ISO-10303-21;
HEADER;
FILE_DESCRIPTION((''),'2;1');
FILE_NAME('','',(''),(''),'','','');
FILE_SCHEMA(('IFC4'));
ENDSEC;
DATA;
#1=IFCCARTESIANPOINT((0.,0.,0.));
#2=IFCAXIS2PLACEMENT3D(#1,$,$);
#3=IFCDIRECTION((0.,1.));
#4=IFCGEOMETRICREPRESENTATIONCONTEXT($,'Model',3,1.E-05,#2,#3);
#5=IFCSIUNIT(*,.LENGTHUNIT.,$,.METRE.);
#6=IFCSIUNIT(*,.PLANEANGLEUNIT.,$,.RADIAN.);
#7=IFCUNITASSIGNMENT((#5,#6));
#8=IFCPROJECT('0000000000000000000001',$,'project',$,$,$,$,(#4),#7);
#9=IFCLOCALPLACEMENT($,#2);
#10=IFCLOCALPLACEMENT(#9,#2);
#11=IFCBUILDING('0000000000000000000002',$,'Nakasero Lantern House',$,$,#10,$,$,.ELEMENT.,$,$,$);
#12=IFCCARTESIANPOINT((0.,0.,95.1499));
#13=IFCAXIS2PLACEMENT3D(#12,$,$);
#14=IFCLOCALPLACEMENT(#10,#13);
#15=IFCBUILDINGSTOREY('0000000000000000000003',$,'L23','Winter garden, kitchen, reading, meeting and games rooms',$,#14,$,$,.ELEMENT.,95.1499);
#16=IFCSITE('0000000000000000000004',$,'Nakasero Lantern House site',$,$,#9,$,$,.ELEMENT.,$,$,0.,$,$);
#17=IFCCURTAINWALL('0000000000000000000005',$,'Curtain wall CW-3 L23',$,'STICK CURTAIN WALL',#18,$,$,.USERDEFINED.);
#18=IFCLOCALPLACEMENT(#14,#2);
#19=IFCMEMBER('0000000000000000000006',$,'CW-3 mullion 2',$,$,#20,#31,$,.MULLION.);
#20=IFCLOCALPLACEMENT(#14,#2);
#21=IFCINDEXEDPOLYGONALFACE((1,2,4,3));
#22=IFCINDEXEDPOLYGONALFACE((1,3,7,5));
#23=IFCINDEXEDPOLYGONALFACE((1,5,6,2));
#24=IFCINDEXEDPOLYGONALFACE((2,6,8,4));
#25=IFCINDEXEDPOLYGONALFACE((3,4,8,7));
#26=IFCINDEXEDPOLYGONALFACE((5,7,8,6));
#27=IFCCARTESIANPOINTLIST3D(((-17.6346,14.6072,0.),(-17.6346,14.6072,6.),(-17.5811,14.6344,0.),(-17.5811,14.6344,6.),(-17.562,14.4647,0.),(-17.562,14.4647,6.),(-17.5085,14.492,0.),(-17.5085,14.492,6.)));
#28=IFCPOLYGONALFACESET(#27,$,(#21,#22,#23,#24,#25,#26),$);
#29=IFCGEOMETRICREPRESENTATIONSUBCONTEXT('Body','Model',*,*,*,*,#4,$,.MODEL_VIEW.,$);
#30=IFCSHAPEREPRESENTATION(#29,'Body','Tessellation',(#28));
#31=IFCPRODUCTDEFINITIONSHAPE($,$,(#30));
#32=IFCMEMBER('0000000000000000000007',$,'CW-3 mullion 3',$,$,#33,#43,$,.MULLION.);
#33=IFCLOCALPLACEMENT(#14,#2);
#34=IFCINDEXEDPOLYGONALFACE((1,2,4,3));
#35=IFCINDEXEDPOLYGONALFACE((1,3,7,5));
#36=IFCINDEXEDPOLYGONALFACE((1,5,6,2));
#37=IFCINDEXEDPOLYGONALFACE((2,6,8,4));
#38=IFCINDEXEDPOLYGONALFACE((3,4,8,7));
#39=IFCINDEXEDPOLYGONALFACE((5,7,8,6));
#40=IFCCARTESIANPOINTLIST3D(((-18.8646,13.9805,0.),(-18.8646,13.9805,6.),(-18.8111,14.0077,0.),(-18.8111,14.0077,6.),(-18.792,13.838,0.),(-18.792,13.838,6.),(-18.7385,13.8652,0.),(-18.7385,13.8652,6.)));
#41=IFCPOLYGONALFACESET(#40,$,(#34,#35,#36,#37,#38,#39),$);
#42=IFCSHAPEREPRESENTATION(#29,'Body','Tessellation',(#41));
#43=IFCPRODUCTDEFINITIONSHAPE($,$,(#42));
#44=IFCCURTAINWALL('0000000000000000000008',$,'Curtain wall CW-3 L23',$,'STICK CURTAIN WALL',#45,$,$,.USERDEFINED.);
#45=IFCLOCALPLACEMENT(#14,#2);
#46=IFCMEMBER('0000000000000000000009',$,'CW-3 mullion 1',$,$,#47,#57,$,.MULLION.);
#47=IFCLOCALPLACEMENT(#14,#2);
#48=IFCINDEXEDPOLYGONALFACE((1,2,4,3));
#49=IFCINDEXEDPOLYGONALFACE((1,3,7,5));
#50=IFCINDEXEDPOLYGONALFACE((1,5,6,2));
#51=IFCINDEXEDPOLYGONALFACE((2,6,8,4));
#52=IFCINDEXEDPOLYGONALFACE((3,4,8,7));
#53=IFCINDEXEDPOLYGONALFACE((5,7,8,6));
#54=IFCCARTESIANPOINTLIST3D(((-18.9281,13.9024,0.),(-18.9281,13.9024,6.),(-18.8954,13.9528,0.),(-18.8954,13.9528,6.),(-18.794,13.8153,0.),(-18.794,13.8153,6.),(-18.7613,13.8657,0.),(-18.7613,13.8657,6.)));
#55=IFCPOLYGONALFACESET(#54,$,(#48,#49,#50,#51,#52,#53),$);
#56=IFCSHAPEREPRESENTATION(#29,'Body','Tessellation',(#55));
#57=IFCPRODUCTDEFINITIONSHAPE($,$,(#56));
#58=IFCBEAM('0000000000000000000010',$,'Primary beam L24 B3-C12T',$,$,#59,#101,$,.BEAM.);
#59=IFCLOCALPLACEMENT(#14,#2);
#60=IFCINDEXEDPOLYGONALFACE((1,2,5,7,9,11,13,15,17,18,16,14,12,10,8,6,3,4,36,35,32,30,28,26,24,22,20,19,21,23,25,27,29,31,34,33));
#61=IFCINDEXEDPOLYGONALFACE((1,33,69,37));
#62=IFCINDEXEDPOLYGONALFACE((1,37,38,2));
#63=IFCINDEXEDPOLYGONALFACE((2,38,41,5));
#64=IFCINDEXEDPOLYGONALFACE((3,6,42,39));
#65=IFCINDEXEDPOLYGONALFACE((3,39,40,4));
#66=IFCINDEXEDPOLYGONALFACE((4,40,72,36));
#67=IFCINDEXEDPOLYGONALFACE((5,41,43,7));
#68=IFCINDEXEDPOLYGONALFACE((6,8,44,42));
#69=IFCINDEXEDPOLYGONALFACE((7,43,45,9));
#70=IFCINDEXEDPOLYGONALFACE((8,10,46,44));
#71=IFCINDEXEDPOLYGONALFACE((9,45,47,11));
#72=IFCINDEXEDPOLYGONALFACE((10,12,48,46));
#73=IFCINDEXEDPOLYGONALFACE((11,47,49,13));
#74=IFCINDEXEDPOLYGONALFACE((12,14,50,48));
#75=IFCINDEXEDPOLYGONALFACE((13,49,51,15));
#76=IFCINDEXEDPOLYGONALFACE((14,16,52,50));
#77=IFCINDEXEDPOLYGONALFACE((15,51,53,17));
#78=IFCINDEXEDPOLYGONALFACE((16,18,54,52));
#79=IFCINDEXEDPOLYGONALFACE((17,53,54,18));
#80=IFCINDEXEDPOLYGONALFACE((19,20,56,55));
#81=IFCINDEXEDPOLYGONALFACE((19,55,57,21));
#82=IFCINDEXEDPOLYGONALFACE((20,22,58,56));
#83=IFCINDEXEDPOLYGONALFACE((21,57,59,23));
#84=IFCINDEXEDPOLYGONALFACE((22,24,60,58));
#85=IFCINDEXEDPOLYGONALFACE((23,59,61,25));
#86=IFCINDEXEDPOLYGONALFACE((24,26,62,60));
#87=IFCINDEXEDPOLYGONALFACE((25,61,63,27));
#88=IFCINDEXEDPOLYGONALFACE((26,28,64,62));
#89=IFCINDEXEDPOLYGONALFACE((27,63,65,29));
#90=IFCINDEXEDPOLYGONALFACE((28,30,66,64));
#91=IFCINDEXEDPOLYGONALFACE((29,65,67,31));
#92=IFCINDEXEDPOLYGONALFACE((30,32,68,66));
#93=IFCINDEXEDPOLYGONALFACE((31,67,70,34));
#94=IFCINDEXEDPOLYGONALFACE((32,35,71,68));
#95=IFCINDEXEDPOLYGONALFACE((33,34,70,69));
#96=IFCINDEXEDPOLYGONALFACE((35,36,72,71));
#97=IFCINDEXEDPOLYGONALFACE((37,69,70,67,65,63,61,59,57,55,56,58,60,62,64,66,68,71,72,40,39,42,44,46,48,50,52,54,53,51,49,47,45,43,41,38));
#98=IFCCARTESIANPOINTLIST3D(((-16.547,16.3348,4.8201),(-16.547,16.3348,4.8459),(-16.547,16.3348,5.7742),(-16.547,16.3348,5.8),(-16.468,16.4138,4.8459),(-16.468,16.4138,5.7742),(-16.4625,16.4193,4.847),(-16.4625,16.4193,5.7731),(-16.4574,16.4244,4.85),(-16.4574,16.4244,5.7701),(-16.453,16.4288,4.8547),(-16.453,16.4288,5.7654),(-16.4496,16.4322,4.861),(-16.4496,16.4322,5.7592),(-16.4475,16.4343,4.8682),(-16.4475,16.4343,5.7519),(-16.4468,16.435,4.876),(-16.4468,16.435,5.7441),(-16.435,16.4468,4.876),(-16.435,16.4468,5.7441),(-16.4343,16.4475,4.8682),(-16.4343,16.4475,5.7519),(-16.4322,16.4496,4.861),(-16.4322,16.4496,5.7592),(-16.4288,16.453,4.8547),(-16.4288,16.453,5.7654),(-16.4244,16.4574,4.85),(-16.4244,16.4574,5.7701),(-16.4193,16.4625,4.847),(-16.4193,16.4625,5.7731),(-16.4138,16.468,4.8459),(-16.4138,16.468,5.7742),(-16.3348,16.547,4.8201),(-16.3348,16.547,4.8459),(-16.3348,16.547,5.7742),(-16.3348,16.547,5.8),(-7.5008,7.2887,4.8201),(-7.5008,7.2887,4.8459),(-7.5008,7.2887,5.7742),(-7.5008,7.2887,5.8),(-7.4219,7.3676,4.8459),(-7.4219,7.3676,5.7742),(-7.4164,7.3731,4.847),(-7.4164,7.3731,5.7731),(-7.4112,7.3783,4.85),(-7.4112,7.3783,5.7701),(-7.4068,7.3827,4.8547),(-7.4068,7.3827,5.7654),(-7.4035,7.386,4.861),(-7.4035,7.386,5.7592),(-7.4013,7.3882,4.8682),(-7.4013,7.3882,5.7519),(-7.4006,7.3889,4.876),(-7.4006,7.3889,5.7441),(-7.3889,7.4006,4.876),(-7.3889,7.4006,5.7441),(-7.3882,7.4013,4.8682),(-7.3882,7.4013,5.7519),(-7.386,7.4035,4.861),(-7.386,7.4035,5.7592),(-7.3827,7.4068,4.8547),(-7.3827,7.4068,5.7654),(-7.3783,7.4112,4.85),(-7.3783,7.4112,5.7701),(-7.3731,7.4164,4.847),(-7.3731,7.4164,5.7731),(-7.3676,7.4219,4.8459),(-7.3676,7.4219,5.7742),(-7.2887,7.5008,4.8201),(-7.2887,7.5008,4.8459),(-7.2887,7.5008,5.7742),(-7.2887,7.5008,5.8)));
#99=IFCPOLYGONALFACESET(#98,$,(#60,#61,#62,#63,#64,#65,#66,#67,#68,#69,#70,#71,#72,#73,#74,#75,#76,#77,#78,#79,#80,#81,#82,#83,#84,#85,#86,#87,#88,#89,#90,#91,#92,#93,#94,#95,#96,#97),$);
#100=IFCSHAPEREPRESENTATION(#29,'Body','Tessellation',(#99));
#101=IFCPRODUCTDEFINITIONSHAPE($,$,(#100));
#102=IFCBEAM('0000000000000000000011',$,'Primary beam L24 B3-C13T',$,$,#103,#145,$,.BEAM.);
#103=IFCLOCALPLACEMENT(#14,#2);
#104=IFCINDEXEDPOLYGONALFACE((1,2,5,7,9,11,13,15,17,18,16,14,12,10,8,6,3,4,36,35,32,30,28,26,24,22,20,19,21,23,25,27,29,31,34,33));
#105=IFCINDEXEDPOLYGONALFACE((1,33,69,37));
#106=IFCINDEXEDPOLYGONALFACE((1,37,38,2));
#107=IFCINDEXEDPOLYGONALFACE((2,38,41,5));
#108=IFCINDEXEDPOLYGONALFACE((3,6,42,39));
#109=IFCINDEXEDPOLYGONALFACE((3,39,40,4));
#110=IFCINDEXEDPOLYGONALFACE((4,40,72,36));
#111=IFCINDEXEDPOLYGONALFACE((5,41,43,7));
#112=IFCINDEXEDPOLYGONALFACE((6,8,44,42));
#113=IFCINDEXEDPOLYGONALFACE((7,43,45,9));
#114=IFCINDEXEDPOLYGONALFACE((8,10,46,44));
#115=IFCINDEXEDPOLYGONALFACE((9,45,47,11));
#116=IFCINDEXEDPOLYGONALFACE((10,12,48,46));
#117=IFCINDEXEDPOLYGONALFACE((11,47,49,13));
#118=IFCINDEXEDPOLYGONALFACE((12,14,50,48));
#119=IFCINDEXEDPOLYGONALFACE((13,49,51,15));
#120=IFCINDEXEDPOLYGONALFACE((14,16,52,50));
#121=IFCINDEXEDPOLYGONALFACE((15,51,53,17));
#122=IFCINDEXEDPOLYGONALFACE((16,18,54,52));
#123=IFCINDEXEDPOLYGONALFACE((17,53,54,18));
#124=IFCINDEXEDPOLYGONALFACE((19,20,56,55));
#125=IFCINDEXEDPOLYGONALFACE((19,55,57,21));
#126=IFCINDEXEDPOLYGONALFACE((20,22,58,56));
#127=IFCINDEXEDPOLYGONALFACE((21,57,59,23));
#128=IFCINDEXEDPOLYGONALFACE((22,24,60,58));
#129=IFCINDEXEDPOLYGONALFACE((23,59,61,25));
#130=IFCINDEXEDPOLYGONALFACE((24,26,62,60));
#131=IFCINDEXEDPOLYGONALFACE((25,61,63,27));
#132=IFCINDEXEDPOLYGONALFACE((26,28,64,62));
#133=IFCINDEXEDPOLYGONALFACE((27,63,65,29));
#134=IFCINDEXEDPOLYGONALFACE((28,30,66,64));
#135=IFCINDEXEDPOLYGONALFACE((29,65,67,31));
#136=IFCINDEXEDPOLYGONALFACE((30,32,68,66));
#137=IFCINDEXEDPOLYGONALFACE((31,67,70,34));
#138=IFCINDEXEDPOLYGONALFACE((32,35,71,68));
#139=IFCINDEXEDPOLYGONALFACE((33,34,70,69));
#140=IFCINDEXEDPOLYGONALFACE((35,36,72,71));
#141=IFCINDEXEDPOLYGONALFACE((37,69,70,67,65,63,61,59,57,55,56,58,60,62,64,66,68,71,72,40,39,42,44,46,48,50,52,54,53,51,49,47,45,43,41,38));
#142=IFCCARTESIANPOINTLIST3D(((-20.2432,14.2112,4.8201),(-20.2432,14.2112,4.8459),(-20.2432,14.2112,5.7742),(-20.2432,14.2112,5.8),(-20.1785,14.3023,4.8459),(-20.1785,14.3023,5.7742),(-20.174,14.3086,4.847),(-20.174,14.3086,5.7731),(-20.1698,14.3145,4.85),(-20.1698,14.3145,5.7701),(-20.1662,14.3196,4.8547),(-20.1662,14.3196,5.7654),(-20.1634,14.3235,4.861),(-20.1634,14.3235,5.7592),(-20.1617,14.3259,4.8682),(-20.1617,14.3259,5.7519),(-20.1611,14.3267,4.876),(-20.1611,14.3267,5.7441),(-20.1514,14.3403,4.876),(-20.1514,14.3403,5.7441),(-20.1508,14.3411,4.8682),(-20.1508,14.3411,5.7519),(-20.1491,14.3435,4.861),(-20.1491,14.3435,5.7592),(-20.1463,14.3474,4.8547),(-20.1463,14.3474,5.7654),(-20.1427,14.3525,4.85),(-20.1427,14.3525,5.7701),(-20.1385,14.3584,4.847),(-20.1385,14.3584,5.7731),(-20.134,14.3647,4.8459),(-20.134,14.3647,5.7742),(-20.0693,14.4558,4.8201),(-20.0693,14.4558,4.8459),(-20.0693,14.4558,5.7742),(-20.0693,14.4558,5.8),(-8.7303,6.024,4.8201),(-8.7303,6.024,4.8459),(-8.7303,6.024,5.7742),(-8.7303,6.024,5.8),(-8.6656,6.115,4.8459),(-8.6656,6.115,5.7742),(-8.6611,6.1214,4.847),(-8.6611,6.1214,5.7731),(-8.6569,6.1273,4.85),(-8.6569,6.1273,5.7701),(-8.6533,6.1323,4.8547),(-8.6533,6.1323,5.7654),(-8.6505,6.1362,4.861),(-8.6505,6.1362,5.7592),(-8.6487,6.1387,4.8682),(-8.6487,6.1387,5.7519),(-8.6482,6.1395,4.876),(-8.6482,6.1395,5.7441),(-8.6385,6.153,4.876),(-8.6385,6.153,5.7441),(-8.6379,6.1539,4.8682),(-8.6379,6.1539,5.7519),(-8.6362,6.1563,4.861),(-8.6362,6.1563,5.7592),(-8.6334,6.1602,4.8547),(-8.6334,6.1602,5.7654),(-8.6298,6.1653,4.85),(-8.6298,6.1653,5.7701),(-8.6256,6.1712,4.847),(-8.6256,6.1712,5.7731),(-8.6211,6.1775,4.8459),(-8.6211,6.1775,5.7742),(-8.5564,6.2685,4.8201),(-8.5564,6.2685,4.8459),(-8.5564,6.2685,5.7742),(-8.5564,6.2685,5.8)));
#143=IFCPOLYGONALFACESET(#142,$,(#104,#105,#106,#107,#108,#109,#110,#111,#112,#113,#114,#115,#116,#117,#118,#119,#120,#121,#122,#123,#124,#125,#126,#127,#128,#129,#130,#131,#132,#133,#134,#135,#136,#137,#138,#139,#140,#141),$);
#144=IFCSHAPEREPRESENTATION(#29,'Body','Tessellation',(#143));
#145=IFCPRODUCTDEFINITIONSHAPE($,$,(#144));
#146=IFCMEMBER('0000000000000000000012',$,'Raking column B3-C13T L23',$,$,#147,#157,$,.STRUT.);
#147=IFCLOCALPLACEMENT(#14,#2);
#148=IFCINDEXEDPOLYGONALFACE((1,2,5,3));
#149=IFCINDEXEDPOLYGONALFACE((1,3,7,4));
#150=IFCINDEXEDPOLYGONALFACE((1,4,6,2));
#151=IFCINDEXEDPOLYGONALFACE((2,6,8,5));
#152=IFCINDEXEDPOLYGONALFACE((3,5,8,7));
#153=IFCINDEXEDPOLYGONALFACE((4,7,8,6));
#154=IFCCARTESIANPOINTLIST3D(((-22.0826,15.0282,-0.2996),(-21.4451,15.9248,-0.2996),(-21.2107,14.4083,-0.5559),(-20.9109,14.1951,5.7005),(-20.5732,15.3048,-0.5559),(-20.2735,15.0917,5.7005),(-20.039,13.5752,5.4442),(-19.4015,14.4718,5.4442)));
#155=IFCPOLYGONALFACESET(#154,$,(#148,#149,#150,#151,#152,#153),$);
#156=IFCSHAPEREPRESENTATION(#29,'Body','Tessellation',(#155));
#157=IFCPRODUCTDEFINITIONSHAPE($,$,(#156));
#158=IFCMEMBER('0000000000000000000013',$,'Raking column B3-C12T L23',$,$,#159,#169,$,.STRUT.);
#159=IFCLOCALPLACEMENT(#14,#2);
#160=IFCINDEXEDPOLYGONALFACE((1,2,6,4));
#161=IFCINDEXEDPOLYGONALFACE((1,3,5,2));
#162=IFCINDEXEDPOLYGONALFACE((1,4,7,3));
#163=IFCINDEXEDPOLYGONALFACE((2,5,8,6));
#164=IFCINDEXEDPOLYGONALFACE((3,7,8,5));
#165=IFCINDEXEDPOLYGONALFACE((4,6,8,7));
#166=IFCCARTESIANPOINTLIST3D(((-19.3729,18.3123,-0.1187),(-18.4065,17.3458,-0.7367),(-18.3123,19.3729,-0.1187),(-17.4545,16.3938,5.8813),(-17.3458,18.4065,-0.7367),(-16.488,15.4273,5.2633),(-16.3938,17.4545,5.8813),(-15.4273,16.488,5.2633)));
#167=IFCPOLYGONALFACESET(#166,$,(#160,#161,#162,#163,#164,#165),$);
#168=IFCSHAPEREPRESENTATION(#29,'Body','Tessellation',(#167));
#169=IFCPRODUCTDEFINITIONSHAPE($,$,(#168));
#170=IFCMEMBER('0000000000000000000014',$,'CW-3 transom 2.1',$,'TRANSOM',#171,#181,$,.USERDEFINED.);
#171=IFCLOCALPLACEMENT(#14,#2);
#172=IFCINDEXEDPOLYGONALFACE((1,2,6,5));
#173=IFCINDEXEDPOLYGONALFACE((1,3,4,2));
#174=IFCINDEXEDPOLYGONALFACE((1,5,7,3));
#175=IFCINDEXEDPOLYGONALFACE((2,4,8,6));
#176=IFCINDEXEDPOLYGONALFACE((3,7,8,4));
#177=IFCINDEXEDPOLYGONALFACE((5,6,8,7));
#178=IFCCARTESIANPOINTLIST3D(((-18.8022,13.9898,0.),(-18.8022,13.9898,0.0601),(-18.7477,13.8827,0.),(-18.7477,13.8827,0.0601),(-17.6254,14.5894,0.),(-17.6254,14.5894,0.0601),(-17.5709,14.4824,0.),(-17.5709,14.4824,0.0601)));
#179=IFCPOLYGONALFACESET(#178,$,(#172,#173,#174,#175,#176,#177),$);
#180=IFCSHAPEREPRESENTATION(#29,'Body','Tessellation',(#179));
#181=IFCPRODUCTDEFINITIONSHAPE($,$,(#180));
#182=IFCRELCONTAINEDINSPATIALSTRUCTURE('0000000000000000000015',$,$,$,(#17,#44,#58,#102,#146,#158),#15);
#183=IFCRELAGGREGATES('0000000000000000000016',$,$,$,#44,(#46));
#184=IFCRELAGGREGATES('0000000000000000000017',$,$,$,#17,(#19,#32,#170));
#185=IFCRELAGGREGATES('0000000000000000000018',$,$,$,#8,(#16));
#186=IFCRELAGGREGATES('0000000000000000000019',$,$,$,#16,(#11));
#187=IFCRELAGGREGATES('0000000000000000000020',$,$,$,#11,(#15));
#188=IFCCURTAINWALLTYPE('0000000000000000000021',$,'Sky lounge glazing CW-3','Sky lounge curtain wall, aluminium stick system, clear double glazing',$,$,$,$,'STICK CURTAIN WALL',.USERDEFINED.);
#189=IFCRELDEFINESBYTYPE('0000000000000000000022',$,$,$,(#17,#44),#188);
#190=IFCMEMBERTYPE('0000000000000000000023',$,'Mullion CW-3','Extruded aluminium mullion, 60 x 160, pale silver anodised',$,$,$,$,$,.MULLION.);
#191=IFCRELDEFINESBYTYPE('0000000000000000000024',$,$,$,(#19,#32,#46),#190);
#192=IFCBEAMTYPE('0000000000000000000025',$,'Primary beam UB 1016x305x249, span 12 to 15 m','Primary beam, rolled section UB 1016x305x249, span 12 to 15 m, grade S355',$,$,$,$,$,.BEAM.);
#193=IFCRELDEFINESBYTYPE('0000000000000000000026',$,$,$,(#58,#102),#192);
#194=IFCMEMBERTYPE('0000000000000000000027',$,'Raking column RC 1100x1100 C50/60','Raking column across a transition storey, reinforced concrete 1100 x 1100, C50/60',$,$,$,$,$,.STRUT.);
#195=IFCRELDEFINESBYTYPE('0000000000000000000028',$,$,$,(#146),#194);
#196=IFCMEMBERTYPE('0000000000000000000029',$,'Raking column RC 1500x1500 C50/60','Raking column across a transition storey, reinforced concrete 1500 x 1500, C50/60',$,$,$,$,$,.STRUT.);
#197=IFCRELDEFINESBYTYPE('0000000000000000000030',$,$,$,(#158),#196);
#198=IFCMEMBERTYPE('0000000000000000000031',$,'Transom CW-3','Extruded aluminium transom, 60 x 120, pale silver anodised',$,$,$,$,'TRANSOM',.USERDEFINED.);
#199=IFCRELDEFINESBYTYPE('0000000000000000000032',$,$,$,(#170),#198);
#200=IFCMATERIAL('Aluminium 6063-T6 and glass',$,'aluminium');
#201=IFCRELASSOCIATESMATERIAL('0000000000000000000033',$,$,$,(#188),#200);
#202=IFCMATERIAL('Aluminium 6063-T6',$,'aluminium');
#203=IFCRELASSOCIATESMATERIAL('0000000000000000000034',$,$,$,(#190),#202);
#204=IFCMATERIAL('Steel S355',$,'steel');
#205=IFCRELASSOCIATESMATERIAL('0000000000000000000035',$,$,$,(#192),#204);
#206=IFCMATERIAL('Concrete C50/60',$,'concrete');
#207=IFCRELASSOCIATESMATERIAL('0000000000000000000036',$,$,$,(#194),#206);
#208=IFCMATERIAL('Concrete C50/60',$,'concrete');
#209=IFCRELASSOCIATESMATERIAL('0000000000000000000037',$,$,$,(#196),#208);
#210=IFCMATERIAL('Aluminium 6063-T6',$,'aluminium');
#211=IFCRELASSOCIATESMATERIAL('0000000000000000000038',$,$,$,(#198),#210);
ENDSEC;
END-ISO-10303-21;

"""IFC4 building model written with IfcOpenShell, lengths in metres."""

from ifc_helpers import new_model, si_unit, direction, frame, origin, origin_2d, place, context, subcontext, project, spatial, rectangle, i_section, extrude, material, material_profile, profile_set, type_object, element, aggregate, save


model = new_model("IFC4")

# Units and contexts
model_context = context("Model", 3, precision=1e-05, world=origin(), true_north=direction((0.0, 1.0)))
body_context = subcontext(model_context, "Body", "Model", "MODEL_VIEW")
ifc_project = project(units=[si_unit("LENGTHUNIT", "METRE"), si_unit("PLANEANGLEUNIT", "RADIAN")], contexts=[model_context])

# Site, building, storey
site_placement = place(None, origin())
site = spatial("IfcSite", under=ifc_project, at=site_placement, Name="Nakasero Lantern House site", CompositionType="ELEMENT", RefElevation=0.0)
building_placement = place(site_placement, origin())
building = spatial("IfcBuilding", under=site, at=building_placement, Name="Nakasero Lantern House", CompositionType="ELEMENT")
storey_placement = place(building_placement, frame((0.0, 0.0, 95.1499)))
storey = spatial("IfcBuildingStorey", under=building, at=storey_placement, Name="L23", Description="Winter garden, kitchen, reading, meeting and games rooms", CompositionType="ELEMENT", Elevation=95.1499)

# Curtain wall, members
ifc_material_1 = material(Name="Aluminium 6063-T6 and glass", Category="aluminium")
curtain_wall_type = type_object("IfcCurtainWallType", Name="Sky lounge glazing CW-3", Description="Sky lounge curtain wall, aluminium stick system, clear double glazing", ElementType="STICK CURTAIN WALL", PredefinedType="USERDEFINED", material=ifc_material_1)
curtain_wall_1_placement = place(storey_placement, origin())
curtain_wall_1 = element("IfcCurtainWall", 1, at=curtain_wall_1_placement, inside=storey, type_object=curtain_wall_type, Name="Curtain wall CW-3 L23", ObjectType="STICK CURTAIN WALL", PredefinedType="USERDEFINED")
ifc_material_2 = material(Name="Aluminium 6063-T6", Category="aluminium")
ifc_material_profile_1 = material_profile(ifc_material_2, rectangle(XDim=0.0601, YDim=0.1599, at=origin_2d()), Name="CW-3 mullion 60x160")
ifc_profile_set_1 = profile_set([ifc_material_profile_1], Name="Aluminium 6063-T6")
member_type_1 = type_object("IfcMemberType", Name="Mullion CW-3", Description="Extruded aluminium mullion, 60 x 160, pale silver anodised", PredefinedType="MULLION", material=ifc_profile_set_1)
member_1_placement = place(storey_placement, frame((-17.5715, 14.5496, 0.0), z_axis=(0.0, 0.0, 1.0), x_axis=(-0.891007, -0.45399, 0.0)))
member_1 = element("IfcMember", 2, at=member_1_placement, type_object=member_type_1, Name="CW-3 mullion 2", PredefinedType="MULLION", context=body_context, shape_type="SweptSolid", body=[
    extrude(rectangle(XDim=0.0601, YDim=0.1599, at=origin_2d()), origin(), (0.0, 0.0, 1.0), 6.0),
])
member_2_placement = place(storey_placement, frame((-18.8015, 13.9229, 0.0), z_axis=(0.0, 0.0, 1.0), x_axis=(-0.891007, -0.45399, 0.0)))
member_2 = element("IfcMember", 3, at=member_2_placement, type_object=member_type_1, Name="CW-3 mullion 3", PredefinedType="MULLION", context=body_context, shape_type="SweptSolid", body=[
    extrude(rectangle(XDim=0.0601, YDim=0.1599, at=origin_2d()), origin(), (0.0, 0.0, 1.0), 6.0),
])

# Curtain wall, member
curtain_wall_2_placement = place(storey_placement, origin())
curtain_wall_2 = element("IfcCurtainWall", 4, at=curtain_wall_2_placement, inside=storey, type_object=curtain_wall_type, Name="Curtain wall CW-3 L23", ObjectType="STICK CURTAIN WALL", PredefinedType="USERDEFINED")
member_3_placement = place(storey_placement, frame((-18.8447, 13.884, 0.0), z_axis=(0.0, 0.0, 1.0), x_axis=(-0.544639, -0.838671, 0.0)))
member_3 = element("IfcMember", 5, at=member_3_placement, type_object=member_type_1, Name="CW-3 mullion 1", PredefinedType="MULLION", context=body_context, shape_type="SweptSolid", body=[
    extrude(rectangle(XDim=0.0601, YDim=0.1599, at=origin_2d()), origin(), (0.0, 0.0, 1.0), 6.0),
])

# Beams
ifc_material_3 = material(Name="Steel S355", Category="steel")
ifc_material_profile_2 = material_profile(ifc_material_3, i_section(OverallWidth=0.3, OverallDepth=0.98, WebThickness=0.0166, FlangeThickness=0.0259, FilletRadius=0.03, at=origin_2d()), Name="UB 1016x305x249")
ifc_profile_set_2 = profile_set([ifc_material_profile_2], Name="Steel S355")
beam_type = type_object("IfcBeamType", Name="Primary beam UB 1016x305x249, span 12 to 15 m", Description="Primary beam, rolled section UB 1016x305x249, span 12 to 15 m, grade S355", PredefinedType="BEAM", material=ifc_profile_set_2)
beam_1_placement = place(storey_placement, frame((-16.4409, 16.4409, 5.3101), z_axis=(0.707107, -0.707107, 0.0), x_axis=(0.707107, 0.707107, 0.0)))
element("IfcBeam", 6, at=beam_1_placement, inside=storey, type_object=beam_type, Name="Primary beam L24 B3-C12T", PredefinedType="BEAM", context=body_context, shape_type="SweptSolid", body=[
    extrude(i_section(OverallWidth=0.3, OverallDepth=0.98, WebThickness=0.0166, FlangeThickness=0.0259, FilletRadius=0.03, at=origin_2d()), origin(), (0.0, 0.0, 1.0), 12.7932),
])
beam_2_placement = place(storey_placement, frame((-20.1562, 14.3335, 5.3101), z_axis=(0.814946, -0.579537, 0.0), x_axis=(0.579537, 0.814946, 0.0)))
element("IfcBeam", 7, at=beam_2_placement, inside=storey, type_object=beam_type, Name="Primary beam L24 B3-C13T", PredefinedType="BEAM", context=body_context, shape_type="SweptSolid", body=[
    extrude(i_section(OverallWidth=0.3, OverallDepth=0.98, WebThickness=0.0166, FlangeThickness=0.0259, FilletRadius=0.03, at=origin_2d()), origin(), (0.0, 0.0, 1.0), 14.1272),
])

# Members
ifc_material_4 = material(Name="Concrete C50/60", Category="concrete")
ifc_material_profile_3 = material_profile(ifc_material_4, rectangle(XDim=1.1001, YDim=1.1001, at=origin_2d()), Name="RC 1100x1100")
ifc_profile_set_3 = profile_set([ifc_material_profile_3], Name="Concrete C50/60")
member_type_2 = type_object("IfcMemberType", Name="Raking column RC 1100x1100 C50/60", Description="Raking column across a transition storey, reinforced concrete 1100 x 1100, C50/60", PredefinedType="STRUT", material=ifc_profile_set_3)
member_4_placement = place(storey_placement, frame((-21.3279, 15.1665, -0.4277), z_axis=(0.189897, -0.135013, 0.972476), x_axis=(0.579454, 0.815005, 0.0)))
element("IfcMember", 8, at=member_4_placement, inside=storey, type_object=member_type_2, Name="Raking column B3-C13T L23", PredefinedType="STRUT", context=body_context, shape_type="SweptSolid", body=[
    extrude(rectangle(XDim=1.1001, YDim=1.1001, at=origin_2d()), origin(), (0.0, 0.0, 1.0), 6.1699),
])
ifc_material_5 = material(Name="Concrete C50/60", Category="concrete")
ifc_material_profile_4 = material_profile(ifc_material_5, rectangle(XDim=1.5, YDim=1.5, at=origin_2d()), Name="RC 1500x1500")
ifc_profile_set_4 = profile_set([ifc_material_profile_4], Name="Concrete C50/60")
member_type_3 = type_object("IfcMemberType", Name="Raking column RC 1500x1500 C50/60", Description="Raking column across a transition storey, reinforced concrete 1500 x 1500, C50/60", PredefinedType="STRUT", material=ifc_profile_set_4)
member_5_placement = place(storey_placement, frame((-18.3594, 18.3594, -0.4277), z_axis=(0.291342, -0.291342, 0.911175), x_axis=(0.707107, 0.707107, 0.0)))
element("IfcMember", 9, at=member_5_placement, inside=storey, type_object=member_type_3, Name="Raking column B3-C12T L23", PredefinedType="STRUT", context=body_context, shape_type="SweptSolid", body=[
    extrude(rectangle(XDim=1.5, YDim=1.5, at=origin_2d()), origin(), (0.0, 0.0, 1.0), 6.585),
])

# Member
ifc_material_6 = material(Name="Aluminium 6063-T6", Category="aluminium")
ifc_material_profile_5 = material_profile(ifc_material_6, rectangle(XDim=0.0601, YDim=0.1201, at=origin_2d()), Name="CW-3 transom 60x120")
ifc_profile_set_5 = profile_set([ifc_material_profile_5], Name="Aluminium 6063-T6")
member_type_4 = type_object("IfcMemberType", Name="Transom CW-3", Description="Extruded aluminium transom, 60 x 120, pale silver anodised", ElementType="TRANSOM", PredefinedType="USERDEFINED", material=ifc_profile_set_5)
member_6_placement = place(storey_placement, frame((-17.5981, 14.5359, 0.03), z_axis=(-0.891, -0.454003, 0.0), x_axis=(0.0, 0.0, 1.0)))
member_6 = element("IfcMember", 10, at=member_6_placement, type_object=member_type_4, Name="CW-3 transom 2.1", ObjectType="TRANSOM", PredefinedType="USERDEFINED", context=body_context, shape_type="SweptSolid", body=[
    extrude(rectangle(XDim=0.0601, YDim=0.1201, at=origin_2d()), origin(), (0.0, 0.0, 1.0), 1.3208),
])
aggregate(curtain_wall_2, [member_3])

aggregate(curtain_wall_1, [member_1, member_2, member_6])

save(model, "model.ifc")
